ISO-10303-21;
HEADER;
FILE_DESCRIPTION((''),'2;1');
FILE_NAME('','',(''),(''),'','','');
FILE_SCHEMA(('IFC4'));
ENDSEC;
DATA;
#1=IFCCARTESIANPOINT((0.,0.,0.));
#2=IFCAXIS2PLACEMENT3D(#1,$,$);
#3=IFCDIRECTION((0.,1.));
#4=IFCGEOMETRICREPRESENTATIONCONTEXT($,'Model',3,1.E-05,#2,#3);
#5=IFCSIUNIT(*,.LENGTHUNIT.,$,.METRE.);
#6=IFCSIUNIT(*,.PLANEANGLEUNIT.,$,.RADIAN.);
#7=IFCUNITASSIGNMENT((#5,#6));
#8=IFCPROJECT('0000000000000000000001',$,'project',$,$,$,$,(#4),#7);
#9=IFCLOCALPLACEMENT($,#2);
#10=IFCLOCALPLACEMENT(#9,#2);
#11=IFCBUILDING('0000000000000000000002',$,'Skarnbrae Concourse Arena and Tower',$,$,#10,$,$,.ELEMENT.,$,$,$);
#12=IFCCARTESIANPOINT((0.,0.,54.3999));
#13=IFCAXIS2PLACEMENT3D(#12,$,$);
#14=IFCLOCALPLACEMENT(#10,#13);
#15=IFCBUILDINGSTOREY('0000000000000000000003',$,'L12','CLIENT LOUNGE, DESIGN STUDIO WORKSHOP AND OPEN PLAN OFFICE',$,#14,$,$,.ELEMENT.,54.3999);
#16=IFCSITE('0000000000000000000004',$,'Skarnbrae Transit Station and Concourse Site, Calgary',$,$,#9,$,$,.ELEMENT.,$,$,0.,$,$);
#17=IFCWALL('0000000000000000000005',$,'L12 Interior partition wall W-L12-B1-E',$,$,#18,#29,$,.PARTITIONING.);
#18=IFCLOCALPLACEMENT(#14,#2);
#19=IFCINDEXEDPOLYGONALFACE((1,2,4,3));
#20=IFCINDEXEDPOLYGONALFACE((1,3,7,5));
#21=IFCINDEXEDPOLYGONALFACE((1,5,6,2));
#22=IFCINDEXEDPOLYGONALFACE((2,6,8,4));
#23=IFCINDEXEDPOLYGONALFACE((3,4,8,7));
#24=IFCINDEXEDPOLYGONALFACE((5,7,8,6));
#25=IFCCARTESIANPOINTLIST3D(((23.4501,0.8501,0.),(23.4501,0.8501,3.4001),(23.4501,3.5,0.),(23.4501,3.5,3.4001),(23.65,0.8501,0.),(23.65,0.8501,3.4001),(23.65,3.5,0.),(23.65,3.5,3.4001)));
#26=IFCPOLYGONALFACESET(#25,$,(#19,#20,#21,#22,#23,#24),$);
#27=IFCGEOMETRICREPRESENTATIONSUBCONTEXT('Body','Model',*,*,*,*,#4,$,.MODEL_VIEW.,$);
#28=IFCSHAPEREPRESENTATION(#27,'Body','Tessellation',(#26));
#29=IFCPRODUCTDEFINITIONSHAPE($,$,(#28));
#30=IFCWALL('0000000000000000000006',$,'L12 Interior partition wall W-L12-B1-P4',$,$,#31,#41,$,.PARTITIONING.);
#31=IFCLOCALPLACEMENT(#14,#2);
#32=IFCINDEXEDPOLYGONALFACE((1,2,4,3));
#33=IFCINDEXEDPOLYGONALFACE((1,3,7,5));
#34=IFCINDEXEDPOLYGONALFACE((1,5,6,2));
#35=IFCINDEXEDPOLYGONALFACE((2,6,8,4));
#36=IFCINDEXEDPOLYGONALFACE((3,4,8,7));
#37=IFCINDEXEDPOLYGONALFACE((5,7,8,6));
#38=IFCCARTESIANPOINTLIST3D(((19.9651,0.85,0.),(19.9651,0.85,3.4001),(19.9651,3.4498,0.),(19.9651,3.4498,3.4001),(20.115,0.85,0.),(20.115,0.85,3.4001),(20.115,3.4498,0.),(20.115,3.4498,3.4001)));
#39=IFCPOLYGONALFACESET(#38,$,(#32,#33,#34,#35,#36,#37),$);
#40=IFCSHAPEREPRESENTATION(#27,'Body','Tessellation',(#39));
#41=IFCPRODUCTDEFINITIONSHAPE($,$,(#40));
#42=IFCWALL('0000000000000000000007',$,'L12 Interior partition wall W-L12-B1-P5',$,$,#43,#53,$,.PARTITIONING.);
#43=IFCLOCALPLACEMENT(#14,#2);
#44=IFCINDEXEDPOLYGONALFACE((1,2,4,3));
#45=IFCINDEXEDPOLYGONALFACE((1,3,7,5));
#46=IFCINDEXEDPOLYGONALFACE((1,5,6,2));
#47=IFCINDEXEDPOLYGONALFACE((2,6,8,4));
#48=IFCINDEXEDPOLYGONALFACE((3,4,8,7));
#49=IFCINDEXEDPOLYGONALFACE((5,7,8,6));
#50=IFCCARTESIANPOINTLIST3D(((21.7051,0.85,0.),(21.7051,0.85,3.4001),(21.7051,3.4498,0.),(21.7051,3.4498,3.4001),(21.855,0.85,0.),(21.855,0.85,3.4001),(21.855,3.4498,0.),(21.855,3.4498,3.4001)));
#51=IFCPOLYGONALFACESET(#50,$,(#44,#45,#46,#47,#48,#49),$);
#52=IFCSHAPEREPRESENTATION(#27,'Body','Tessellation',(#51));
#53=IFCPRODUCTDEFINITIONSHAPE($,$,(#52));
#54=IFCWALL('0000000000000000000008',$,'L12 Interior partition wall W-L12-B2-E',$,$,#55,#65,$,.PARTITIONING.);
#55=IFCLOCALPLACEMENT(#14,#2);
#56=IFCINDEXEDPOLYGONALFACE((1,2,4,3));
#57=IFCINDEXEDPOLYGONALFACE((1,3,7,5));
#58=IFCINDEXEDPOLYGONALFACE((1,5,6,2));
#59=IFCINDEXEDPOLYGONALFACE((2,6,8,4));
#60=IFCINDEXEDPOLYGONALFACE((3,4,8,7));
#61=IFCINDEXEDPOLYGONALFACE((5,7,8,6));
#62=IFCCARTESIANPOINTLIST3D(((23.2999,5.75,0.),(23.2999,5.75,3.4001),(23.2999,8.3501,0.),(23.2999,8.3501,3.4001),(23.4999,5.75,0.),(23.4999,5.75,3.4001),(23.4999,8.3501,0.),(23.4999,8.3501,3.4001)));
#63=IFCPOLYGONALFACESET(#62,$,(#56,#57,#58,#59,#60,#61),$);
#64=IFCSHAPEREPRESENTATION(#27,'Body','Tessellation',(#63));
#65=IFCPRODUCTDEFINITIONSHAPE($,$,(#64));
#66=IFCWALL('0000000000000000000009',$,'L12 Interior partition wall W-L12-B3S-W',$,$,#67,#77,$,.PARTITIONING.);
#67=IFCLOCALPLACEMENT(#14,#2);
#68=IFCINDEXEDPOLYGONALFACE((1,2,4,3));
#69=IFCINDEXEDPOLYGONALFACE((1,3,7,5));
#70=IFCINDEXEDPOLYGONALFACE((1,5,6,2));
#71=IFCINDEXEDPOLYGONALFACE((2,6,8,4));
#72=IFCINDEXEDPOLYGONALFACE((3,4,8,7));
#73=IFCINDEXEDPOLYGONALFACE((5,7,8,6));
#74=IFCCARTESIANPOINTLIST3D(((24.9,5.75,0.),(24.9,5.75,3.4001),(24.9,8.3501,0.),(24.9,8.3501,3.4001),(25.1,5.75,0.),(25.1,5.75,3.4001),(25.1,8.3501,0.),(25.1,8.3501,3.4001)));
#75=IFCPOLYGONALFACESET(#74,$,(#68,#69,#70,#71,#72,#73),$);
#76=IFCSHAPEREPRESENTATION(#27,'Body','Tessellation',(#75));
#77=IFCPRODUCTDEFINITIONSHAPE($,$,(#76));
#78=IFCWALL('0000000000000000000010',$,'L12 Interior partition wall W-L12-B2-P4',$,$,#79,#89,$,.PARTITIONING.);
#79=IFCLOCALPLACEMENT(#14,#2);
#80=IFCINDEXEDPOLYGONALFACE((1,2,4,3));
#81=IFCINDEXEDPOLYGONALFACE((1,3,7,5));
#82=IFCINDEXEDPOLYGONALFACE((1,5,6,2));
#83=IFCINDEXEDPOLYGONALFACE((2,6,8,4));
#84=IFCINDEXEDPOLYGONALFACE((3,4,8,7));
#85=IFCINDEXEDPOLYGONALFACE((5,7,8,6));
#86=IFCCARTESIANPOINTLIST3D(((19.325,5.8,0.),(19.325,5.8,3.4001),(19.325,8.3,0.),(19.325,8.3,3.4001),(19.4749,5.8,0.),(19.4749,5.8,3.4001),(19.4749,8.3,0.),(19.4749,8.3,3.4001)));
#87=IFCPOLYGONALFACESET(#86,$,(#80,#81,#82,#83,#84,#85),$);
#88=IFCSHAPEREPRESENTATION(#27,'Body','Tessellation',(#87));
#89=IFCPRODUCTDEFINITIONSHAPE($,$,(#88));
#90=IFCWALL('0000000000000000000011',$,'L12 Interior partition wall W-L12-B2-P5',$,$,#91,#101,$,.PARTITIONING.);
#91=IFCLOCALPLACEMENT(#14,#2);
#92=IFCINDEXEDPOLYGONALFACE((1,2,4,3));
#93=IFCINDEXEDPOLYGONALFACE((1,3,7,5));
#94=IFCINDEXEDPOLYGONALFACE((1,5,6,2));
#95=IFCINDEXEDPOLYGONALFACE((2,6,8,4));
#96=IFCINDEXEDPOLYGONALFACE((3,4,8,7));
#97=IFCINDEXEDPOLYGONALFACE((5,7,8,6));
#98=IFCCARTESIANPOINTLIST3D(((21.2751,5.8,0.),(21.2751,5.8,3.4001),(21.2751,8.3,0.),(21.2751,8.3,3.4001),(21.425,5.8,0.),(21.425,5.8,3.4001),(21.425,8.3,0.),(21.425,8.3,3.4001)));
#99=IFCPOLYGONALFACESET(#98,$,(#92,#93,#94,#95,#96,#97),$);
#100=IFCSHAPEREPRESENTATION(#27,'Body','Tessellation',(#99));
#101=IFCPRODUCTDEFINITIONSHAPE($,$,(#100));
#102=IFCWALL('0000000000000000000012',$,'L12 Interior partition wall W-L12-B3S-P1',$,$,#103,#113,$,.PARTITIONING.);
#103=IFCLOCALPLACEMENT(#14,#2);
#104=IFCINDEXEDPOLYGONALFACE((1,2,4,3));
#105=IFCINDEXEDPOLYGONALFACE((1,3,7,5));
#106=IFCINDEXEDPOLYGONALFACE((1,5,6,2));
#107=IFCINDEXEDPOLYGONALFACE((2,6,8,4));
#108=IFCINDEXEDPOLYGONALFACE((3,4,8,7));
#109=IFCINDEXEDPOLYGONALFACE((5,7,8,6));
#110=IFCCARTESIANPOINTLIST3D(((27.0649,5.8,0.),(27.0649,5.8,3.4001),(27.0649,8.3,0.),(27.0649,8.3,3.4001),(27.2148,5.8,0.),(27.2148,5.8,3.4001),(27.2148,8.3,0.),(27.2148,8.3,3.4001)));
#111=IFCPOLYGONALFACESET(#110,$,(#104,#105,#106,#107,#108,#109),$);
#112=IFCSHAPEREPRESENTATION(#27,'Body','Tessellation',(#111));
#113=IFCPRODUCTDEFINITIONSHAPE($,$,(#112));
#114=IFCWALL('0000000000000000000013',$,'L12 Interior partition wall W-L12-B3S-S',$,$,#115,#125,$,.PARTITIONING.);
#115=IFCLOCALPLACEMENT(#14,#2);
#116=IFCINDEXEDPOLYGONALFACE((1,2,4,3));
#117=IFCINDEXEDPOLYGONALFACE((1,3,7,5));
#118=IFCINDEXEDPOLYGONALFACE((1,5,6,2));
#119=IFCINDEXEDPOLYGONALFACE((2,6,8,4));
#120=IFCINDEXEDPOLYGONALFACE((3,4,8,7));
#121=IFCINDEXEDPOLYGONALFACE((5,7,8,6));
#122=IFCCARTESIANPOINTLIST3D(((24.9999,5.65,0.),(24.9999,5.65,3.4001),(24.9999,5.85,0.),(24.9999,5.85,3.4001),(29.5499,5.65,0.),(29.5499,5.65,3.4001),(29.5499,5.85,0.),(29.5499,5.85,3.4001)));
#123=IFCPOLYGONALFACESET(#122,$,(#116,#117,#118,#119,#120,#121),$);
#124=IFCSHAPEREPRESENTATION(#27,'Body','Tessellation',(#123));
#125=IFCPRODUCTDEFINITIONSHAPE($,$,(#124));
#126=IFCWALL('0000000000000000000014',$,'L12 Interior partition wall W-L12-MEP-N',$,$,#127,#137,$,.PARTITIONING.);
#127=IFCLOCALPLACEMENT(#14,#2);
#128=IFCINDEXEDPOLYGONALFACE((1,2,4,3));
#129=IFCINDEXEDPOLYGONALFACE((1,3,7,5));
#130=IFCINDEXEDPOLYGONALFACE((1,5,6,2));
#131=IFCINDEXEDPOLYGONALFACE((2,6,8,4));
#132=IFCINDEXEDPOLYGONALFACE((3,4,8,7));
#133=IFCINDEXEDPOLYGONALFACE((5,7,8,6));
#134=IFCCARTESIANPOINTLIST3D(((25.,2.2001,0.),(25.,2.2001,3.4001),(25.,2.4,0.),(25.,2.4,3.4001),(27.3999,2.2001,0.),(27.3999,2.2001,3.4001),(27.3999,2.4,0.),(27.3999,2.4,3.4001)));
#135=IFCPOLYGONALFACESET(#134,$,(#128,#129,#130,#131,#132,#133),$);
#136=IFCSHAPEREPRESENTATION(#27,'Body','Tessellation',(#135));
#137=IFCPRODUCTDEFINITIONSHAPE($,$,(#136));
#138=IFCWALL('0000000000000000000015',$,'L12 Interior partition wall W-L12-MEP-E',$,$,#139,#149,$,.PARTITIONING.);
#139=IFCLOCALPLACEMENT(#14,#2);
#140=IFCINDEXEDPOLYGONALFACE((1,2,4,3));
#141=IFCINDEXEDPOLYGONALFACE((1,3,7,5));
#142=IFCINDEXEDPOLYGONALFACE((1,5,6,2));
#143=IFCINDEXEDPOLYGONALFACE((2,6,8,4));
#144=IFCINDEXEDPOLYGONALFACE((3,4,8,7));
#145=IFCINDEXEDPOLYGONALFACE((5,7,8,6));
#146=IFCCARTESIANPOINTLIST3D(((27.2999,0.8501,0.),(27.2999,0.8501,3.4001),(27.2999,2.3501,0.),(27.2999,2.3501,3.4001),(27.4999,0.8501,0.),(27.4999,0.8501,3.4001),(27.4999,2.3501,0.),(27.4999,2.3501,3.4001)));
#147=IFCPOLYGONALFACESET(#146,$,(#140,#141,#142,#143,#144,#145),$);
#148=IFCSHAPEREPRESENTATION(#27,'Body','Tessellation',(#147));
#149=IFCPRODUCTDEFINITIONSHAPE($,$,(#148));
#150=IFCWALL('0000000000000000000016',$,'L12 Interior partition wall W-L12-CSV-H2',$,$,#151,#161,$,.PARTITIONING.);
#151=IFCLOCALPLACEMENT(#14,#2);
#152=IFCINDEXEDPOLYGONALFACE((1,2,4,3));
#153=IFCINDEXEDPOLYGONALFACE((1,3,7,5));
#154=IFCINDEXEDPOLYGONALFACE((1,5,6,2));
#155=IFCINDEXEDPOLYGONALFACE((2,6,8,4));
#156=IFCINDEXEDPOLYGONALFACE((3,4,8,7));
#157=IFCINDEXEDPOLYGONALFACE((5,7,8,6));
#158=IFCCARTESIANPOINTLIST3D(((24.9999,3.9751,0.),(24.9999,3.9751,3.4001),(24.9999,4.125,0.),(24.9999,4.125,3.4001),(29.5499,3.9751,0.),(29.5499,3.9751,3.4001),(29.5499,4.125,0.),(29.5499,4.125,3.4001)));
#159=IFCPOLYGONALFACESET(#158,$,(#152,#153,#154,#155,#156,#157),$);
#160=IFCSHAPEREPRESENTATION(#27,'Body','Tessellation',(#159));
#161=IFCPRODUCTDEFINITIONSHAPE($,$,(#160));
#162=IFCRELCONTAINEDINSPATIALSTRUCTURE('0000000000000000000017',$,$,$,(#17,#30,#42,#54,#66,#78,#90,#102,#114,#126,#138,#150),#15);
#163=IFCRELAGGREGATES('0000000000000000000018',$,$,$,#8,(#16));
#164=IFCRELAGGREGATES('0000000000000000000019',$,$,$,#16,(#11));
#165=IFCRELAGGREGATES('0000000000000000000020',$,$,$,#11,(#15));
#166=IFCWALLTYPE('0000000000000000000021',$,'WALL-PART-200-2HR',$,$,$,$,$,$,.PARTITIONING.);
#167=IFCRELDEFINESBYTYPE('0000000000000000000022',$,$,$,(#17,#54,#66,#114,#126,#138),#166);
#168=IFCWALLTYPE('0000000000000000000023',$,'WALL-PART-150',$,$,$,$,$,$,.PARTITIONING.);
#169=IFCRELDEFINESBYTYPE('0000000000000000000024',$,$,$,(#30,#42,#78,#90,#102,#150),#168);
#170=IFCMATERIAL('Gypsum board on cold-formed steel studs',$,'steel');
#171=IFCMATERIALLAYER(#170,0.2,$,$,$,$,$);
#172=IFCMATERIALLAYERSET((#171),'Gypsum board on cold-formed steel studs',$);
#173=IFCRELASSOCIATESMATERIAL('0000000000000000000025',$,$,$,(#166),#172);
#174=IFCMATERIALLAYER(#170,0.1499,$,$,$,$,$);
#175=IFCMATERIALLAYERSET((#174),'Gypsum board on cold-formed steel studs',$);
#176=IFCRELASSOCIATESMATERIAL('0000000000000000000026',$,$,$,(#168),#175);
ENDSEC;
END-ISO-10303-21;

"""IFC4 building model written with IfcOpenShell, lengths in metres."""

from ifc_helpers import new_model, si_unit, direction, frame, frame_2d, origin, place, context, subcontext, project, spatial, rectangle, extrude, source, transform, mapped, material, layer, layer_set, type_object, element, save


model = new_model("IFC4")

# Units and contexts
model_context = context("Model", 3, precision=1e-05, world=origin(), true_north=direction((0.0, 1.0)))
body_context = subcontext(model_context, "Body", "Model", "MODEL_VIEW")
ifc_project = project(units=[si_unit("LENGTHUNIT", "METRE"), si_unit("PLANEANGLEUNIT", "RADIAN")], contexts=[model_context])

# Site, building, storey
site_placement = place(None, origin())
site = spatial("IfcSite", under=ifc_project, at=site_placement, Name="Skarnbrae Transit Station and Concourse Site, Calgary", CompositionType="ELEMENT", RefElevation=0.0)
building_placement = place(site_placement, origin())
building = spatial("IfcBuilding", under=site, at=building_placement, Name="Skarnbrae Concourse Arena and Tower", CompositionType="ELEMENT")
storey_placement = place(building_placement, frame((0.0, 0.0, 54.3999)))
storey = spatial("IfcBuildingStorey", under=building, at=storey_placement, Name="L12", Description="CLIENT LOUNGE, DESIGN STUDIO WORKSHOP AND OPEN PLAN OFFICE", CompositionType="ELEMENT", Elevation=54.3999)

# Walls
ifc_material_1 = material(Name="Gypsum board on cold-formed steel studs", Category="steel")
ifc_layer_1 = layer(ifc_material_1, 0.2)
ifc_layer_set_1 = layer_set([ifc_layer_1], Name="Gypsum board on cold-formed steel studs")
wall_type_1 = type_object("IfcWallType", Name="WALL-PART-200-2HR", PredefinedType="PARTITIONING", material=ifc_layer_set_1)
shared_shape_1 = source(origin(), body_context, "Body", "SweptSolid", [
    extrude(rectangle(XDim=2.6499, YDim=0.2, at=frame_2d((1.325, 0.0))), origin(), (0.0, 0.0, 1.0), 3.4001),
])
wall_1_placement = place(storey_placement, frame((23.55, 0.8501, 0.0), z_axis=(0.0, 0.0, 1.0), x_axis=(0.0, 1.0, 0.0)))
element("IfcWall", 1, at=wall_1_placement, inside=storey, type_object=wall_type_1, Name="L12 Interior partition wall W-L12-B1-E", PredefinedType="PARTITIONING", context=body_context, shape_type="MappedRepresentation", body=[
    mapped(shared_shape_1, transform((0.0, 0.0, 0.0))),
])
ifc_layer_2 = layer(ifc_material_1, 0.1499)
ifc_layer_set_2 = layer_set([ifc_layer_2], Name="Gypsum board on cold-formed steel studs")
wall_type_2 = type_object("IfcWallType", Name="WALL-PART-150", PredefinedType="PARTITIONING", material=ifc_layer_set_2)
shared_shape_2 = source(origin(), body_context, "Body", "SweptSolid", [
    extrude(rectangle(XDim=2.5999, YDim=0.1499, at=frame_2d((1.2998, 0.0))), origin(), (0.0, 0.0, 1.0), 3.4001),
])
for number, where, z_axis, x_axis, name in (
    (2, (20.04, 0.8501, 0.0), (0.0, 0.0, 1.0), (0.0, 1.0, 0.0), "L12 Interior partition wall W-L12-B1-P4"),
    (3, (21.78, 0.8501, 0.0), (0.0, 0.0, 1.0), (0.0, 1.0, 0.0), "L12 Interior partition wall W-L12-B1-P5"),
):
    element("IfcWall", number, at=place(storey_placement, frame(where, z_axis=z_axis, x_axis=x_axis)), inside=storey, type_object=wall_type_2, Name=name, PredefinedType="PARTITIONING", context=body_context, shape_type="MappedRepresentation", body=[
        mapped(shared_shape_2, transform((0.0, 0.0, 0.0))),
    ])
shared_shape_3 = source(origin(), body_context, "Body", "SweptSolid", [
    extrude(rectangle(XDim=2.6001, YDim=0.2, at=frame_2d((1.3, 0.0))), origin(), (0.0, 0.0, 1.0), 3.4001),
])
for number, where, z_axis, x_axis, name in (
    (4, (23.3999, 5.75, 0.0), (0.0, 0.0, 1.0), (0.0, 1.0, 0.0), "L12 Interior partition wall W-L12-B2-E"),
    (5, (25.0, 5.75, 0.0), (0.0, 0.0, 1.0), (0.0, 1.0, 0.0), "L12 Interior partition wall W-L12-B3S-W"),
):
    element("IfcWall", number, at=place(storey_placement, frame(where, z_axis=z_axis, x_axis=x_axis)), inside=storey, type_object=wall_type_1, Name=name, PredefinedType="PARTITIONING", context=body_context, shape_type="MappedRepresentation", body=[
        mapped(shared_shape_3, transform((0.0, 0.0, 0.0))),
    ])
shared_shape_4 = source(origin(), body_context, "Body", "SweptSolid", [
    extrude(rectangle(XDim=2.5, YDim=0.1499, at=frame_2d((1.25, 0.0))), origin(), (0.0, 0.0, 1.0), 3.4001),
])
for number, where, z_axis, x_axis, name in (
    (6, (19.3999, 5.8, 0.0), (0.0, 0.0, 1.0), (0.0, 1.0, 0.0), "L12 Interior partition wall W-L12-B2-P4"),
    (7, (21.3501, 5.8, 0.0), (0.0, 0.0, 1.0), (0.0, 1.0, 0.0), "L12 Interior partition wall W-L12-B2-P5"),
    (8, (27.1399, 5.8, 0.0), (0.0, 0.0, 1.0), (0.0, 1.0, 0.0), "L12 Interior partition wall W-L12-B3S-P1"),
):
    element("IfcWall", number, at=place(storey_placement, frame(where, z_axis=z_axis, x_axis=x_axis)), inside=storey, type_object=wall_type_2, Name=name, PredefinedType="PARTITIONING", context=body_context, shape_type="MappedRepresentation", body=[
        mapped(shared_shape_4, transform((0.0, 0.0, 0.0))),
    ])
shared_shape_5 = source(origin(), body_context, "Body", "SweptSolid", [
    extrude(rectangle(XDim=4.55, YDim=0.2, at=frame_2d((2.2749, 0.0))), origin(), (0.0, 0.0, 1.0), 3.4001),
])
wall_2_placement = place(storey_placement, frame((25.0, 5.75, 0.0), z_axis=(0.0, 0.0, 1.0), x_axis=(1.0, 0.0, 0.0)))
element("IfcWall", 9, at=wall_2_placement, inside=storey, type_object=wall_type_1, Name="L12 Interior partition wall W-L12-B3S-S", PredefinedType="PARTITIONING", context=body_context, shape_type="MappedRepresentation", body=[
    mapped(shared_shape_5, transform((0.0, 0.0, 0.0))),
])

# Walls
shared_shape_6 = source(origin(), body_context, "Body", "SweptSolid", [
    extrude(rectangle(XDim=2.3999, YDim=0.2, at=frame_2d((1.2, 0.0))), origin(), (0.0, 0.0, 1.0), 3.4001),
])
wall_3_placement = place(storey_placement, frame((25.0, 2.3, 0.0), z_axis=(0.0, 0.0, 1.0), x_axis=(1.0, 0.0, 0.0)))
element("IfcWall", 10, at=wall_3_placement, inside=storey, type_object=wall_type_1, Name="L12 Interior partition wall W-L12-MEP-N", PredefinedType="PARTITIONING", context=body_context, shape_type="MappedRepresentation", body=[
    mapped(shared_shape_6, transform((0.0, 0.0, 0.0))),
])
shared_shape_7 = source(origin(), body_context, "Body", "SweptSolid", [
    extrude(rectangle(XDim=1.5, YDim=0.2, at=frame_2d((0.75, 0.0))), origin(), (0.0, 0.0, 1.0), 3.4001),
])
wall_4_placement = place(storey_placement, frame((27.3999, 0.8501, 0.0), z_axis=(0.0, 0.0, 1.0), x_axis=(0.0, 1.0, 0.0)))
element("IfcWall", 11, at=wall_4_placement, inside=storey, type_object=wall_type_1, Name="L12 Interior partition wall W-L12-MEP-E", PredefinedType="PARTITIONING", context=body_context, shape_type="MappedRepresentation", body=[
    mapped(shared_shape_7, transform((0.0, 0.0, 0.0))),
])
shared_shape_8 = source(origin(), body_context, "Body", "SweptSolid", [
    extrude(rectangle(XDim=4.55, YDim=0.1499, at=frame_2d((2.2749, 0.0))), origin(), (0.0, 0.0, 1.0), 3.4001),
])
wall_5_placement = place(storey_placement, frame((25.0, 4.05, 0.0), z_axis=(0.0, 0.0, 1.0), x_axis=(1.0, 0.0, 0.0)))
element("IfcWall", 12, at=wall_5_placement, inside=storey, type_object=wall_type_2, Name="L12 Interior partition wall W-L12-CSV-H2", PredefinedType="PARTITIONING", context=body_context, shape_type="MappedRepresentation", body=[
    mapped(shared_shape_8, transform((0.0, 0.0, 0.0))),
])

save(model, "model.ifc")
